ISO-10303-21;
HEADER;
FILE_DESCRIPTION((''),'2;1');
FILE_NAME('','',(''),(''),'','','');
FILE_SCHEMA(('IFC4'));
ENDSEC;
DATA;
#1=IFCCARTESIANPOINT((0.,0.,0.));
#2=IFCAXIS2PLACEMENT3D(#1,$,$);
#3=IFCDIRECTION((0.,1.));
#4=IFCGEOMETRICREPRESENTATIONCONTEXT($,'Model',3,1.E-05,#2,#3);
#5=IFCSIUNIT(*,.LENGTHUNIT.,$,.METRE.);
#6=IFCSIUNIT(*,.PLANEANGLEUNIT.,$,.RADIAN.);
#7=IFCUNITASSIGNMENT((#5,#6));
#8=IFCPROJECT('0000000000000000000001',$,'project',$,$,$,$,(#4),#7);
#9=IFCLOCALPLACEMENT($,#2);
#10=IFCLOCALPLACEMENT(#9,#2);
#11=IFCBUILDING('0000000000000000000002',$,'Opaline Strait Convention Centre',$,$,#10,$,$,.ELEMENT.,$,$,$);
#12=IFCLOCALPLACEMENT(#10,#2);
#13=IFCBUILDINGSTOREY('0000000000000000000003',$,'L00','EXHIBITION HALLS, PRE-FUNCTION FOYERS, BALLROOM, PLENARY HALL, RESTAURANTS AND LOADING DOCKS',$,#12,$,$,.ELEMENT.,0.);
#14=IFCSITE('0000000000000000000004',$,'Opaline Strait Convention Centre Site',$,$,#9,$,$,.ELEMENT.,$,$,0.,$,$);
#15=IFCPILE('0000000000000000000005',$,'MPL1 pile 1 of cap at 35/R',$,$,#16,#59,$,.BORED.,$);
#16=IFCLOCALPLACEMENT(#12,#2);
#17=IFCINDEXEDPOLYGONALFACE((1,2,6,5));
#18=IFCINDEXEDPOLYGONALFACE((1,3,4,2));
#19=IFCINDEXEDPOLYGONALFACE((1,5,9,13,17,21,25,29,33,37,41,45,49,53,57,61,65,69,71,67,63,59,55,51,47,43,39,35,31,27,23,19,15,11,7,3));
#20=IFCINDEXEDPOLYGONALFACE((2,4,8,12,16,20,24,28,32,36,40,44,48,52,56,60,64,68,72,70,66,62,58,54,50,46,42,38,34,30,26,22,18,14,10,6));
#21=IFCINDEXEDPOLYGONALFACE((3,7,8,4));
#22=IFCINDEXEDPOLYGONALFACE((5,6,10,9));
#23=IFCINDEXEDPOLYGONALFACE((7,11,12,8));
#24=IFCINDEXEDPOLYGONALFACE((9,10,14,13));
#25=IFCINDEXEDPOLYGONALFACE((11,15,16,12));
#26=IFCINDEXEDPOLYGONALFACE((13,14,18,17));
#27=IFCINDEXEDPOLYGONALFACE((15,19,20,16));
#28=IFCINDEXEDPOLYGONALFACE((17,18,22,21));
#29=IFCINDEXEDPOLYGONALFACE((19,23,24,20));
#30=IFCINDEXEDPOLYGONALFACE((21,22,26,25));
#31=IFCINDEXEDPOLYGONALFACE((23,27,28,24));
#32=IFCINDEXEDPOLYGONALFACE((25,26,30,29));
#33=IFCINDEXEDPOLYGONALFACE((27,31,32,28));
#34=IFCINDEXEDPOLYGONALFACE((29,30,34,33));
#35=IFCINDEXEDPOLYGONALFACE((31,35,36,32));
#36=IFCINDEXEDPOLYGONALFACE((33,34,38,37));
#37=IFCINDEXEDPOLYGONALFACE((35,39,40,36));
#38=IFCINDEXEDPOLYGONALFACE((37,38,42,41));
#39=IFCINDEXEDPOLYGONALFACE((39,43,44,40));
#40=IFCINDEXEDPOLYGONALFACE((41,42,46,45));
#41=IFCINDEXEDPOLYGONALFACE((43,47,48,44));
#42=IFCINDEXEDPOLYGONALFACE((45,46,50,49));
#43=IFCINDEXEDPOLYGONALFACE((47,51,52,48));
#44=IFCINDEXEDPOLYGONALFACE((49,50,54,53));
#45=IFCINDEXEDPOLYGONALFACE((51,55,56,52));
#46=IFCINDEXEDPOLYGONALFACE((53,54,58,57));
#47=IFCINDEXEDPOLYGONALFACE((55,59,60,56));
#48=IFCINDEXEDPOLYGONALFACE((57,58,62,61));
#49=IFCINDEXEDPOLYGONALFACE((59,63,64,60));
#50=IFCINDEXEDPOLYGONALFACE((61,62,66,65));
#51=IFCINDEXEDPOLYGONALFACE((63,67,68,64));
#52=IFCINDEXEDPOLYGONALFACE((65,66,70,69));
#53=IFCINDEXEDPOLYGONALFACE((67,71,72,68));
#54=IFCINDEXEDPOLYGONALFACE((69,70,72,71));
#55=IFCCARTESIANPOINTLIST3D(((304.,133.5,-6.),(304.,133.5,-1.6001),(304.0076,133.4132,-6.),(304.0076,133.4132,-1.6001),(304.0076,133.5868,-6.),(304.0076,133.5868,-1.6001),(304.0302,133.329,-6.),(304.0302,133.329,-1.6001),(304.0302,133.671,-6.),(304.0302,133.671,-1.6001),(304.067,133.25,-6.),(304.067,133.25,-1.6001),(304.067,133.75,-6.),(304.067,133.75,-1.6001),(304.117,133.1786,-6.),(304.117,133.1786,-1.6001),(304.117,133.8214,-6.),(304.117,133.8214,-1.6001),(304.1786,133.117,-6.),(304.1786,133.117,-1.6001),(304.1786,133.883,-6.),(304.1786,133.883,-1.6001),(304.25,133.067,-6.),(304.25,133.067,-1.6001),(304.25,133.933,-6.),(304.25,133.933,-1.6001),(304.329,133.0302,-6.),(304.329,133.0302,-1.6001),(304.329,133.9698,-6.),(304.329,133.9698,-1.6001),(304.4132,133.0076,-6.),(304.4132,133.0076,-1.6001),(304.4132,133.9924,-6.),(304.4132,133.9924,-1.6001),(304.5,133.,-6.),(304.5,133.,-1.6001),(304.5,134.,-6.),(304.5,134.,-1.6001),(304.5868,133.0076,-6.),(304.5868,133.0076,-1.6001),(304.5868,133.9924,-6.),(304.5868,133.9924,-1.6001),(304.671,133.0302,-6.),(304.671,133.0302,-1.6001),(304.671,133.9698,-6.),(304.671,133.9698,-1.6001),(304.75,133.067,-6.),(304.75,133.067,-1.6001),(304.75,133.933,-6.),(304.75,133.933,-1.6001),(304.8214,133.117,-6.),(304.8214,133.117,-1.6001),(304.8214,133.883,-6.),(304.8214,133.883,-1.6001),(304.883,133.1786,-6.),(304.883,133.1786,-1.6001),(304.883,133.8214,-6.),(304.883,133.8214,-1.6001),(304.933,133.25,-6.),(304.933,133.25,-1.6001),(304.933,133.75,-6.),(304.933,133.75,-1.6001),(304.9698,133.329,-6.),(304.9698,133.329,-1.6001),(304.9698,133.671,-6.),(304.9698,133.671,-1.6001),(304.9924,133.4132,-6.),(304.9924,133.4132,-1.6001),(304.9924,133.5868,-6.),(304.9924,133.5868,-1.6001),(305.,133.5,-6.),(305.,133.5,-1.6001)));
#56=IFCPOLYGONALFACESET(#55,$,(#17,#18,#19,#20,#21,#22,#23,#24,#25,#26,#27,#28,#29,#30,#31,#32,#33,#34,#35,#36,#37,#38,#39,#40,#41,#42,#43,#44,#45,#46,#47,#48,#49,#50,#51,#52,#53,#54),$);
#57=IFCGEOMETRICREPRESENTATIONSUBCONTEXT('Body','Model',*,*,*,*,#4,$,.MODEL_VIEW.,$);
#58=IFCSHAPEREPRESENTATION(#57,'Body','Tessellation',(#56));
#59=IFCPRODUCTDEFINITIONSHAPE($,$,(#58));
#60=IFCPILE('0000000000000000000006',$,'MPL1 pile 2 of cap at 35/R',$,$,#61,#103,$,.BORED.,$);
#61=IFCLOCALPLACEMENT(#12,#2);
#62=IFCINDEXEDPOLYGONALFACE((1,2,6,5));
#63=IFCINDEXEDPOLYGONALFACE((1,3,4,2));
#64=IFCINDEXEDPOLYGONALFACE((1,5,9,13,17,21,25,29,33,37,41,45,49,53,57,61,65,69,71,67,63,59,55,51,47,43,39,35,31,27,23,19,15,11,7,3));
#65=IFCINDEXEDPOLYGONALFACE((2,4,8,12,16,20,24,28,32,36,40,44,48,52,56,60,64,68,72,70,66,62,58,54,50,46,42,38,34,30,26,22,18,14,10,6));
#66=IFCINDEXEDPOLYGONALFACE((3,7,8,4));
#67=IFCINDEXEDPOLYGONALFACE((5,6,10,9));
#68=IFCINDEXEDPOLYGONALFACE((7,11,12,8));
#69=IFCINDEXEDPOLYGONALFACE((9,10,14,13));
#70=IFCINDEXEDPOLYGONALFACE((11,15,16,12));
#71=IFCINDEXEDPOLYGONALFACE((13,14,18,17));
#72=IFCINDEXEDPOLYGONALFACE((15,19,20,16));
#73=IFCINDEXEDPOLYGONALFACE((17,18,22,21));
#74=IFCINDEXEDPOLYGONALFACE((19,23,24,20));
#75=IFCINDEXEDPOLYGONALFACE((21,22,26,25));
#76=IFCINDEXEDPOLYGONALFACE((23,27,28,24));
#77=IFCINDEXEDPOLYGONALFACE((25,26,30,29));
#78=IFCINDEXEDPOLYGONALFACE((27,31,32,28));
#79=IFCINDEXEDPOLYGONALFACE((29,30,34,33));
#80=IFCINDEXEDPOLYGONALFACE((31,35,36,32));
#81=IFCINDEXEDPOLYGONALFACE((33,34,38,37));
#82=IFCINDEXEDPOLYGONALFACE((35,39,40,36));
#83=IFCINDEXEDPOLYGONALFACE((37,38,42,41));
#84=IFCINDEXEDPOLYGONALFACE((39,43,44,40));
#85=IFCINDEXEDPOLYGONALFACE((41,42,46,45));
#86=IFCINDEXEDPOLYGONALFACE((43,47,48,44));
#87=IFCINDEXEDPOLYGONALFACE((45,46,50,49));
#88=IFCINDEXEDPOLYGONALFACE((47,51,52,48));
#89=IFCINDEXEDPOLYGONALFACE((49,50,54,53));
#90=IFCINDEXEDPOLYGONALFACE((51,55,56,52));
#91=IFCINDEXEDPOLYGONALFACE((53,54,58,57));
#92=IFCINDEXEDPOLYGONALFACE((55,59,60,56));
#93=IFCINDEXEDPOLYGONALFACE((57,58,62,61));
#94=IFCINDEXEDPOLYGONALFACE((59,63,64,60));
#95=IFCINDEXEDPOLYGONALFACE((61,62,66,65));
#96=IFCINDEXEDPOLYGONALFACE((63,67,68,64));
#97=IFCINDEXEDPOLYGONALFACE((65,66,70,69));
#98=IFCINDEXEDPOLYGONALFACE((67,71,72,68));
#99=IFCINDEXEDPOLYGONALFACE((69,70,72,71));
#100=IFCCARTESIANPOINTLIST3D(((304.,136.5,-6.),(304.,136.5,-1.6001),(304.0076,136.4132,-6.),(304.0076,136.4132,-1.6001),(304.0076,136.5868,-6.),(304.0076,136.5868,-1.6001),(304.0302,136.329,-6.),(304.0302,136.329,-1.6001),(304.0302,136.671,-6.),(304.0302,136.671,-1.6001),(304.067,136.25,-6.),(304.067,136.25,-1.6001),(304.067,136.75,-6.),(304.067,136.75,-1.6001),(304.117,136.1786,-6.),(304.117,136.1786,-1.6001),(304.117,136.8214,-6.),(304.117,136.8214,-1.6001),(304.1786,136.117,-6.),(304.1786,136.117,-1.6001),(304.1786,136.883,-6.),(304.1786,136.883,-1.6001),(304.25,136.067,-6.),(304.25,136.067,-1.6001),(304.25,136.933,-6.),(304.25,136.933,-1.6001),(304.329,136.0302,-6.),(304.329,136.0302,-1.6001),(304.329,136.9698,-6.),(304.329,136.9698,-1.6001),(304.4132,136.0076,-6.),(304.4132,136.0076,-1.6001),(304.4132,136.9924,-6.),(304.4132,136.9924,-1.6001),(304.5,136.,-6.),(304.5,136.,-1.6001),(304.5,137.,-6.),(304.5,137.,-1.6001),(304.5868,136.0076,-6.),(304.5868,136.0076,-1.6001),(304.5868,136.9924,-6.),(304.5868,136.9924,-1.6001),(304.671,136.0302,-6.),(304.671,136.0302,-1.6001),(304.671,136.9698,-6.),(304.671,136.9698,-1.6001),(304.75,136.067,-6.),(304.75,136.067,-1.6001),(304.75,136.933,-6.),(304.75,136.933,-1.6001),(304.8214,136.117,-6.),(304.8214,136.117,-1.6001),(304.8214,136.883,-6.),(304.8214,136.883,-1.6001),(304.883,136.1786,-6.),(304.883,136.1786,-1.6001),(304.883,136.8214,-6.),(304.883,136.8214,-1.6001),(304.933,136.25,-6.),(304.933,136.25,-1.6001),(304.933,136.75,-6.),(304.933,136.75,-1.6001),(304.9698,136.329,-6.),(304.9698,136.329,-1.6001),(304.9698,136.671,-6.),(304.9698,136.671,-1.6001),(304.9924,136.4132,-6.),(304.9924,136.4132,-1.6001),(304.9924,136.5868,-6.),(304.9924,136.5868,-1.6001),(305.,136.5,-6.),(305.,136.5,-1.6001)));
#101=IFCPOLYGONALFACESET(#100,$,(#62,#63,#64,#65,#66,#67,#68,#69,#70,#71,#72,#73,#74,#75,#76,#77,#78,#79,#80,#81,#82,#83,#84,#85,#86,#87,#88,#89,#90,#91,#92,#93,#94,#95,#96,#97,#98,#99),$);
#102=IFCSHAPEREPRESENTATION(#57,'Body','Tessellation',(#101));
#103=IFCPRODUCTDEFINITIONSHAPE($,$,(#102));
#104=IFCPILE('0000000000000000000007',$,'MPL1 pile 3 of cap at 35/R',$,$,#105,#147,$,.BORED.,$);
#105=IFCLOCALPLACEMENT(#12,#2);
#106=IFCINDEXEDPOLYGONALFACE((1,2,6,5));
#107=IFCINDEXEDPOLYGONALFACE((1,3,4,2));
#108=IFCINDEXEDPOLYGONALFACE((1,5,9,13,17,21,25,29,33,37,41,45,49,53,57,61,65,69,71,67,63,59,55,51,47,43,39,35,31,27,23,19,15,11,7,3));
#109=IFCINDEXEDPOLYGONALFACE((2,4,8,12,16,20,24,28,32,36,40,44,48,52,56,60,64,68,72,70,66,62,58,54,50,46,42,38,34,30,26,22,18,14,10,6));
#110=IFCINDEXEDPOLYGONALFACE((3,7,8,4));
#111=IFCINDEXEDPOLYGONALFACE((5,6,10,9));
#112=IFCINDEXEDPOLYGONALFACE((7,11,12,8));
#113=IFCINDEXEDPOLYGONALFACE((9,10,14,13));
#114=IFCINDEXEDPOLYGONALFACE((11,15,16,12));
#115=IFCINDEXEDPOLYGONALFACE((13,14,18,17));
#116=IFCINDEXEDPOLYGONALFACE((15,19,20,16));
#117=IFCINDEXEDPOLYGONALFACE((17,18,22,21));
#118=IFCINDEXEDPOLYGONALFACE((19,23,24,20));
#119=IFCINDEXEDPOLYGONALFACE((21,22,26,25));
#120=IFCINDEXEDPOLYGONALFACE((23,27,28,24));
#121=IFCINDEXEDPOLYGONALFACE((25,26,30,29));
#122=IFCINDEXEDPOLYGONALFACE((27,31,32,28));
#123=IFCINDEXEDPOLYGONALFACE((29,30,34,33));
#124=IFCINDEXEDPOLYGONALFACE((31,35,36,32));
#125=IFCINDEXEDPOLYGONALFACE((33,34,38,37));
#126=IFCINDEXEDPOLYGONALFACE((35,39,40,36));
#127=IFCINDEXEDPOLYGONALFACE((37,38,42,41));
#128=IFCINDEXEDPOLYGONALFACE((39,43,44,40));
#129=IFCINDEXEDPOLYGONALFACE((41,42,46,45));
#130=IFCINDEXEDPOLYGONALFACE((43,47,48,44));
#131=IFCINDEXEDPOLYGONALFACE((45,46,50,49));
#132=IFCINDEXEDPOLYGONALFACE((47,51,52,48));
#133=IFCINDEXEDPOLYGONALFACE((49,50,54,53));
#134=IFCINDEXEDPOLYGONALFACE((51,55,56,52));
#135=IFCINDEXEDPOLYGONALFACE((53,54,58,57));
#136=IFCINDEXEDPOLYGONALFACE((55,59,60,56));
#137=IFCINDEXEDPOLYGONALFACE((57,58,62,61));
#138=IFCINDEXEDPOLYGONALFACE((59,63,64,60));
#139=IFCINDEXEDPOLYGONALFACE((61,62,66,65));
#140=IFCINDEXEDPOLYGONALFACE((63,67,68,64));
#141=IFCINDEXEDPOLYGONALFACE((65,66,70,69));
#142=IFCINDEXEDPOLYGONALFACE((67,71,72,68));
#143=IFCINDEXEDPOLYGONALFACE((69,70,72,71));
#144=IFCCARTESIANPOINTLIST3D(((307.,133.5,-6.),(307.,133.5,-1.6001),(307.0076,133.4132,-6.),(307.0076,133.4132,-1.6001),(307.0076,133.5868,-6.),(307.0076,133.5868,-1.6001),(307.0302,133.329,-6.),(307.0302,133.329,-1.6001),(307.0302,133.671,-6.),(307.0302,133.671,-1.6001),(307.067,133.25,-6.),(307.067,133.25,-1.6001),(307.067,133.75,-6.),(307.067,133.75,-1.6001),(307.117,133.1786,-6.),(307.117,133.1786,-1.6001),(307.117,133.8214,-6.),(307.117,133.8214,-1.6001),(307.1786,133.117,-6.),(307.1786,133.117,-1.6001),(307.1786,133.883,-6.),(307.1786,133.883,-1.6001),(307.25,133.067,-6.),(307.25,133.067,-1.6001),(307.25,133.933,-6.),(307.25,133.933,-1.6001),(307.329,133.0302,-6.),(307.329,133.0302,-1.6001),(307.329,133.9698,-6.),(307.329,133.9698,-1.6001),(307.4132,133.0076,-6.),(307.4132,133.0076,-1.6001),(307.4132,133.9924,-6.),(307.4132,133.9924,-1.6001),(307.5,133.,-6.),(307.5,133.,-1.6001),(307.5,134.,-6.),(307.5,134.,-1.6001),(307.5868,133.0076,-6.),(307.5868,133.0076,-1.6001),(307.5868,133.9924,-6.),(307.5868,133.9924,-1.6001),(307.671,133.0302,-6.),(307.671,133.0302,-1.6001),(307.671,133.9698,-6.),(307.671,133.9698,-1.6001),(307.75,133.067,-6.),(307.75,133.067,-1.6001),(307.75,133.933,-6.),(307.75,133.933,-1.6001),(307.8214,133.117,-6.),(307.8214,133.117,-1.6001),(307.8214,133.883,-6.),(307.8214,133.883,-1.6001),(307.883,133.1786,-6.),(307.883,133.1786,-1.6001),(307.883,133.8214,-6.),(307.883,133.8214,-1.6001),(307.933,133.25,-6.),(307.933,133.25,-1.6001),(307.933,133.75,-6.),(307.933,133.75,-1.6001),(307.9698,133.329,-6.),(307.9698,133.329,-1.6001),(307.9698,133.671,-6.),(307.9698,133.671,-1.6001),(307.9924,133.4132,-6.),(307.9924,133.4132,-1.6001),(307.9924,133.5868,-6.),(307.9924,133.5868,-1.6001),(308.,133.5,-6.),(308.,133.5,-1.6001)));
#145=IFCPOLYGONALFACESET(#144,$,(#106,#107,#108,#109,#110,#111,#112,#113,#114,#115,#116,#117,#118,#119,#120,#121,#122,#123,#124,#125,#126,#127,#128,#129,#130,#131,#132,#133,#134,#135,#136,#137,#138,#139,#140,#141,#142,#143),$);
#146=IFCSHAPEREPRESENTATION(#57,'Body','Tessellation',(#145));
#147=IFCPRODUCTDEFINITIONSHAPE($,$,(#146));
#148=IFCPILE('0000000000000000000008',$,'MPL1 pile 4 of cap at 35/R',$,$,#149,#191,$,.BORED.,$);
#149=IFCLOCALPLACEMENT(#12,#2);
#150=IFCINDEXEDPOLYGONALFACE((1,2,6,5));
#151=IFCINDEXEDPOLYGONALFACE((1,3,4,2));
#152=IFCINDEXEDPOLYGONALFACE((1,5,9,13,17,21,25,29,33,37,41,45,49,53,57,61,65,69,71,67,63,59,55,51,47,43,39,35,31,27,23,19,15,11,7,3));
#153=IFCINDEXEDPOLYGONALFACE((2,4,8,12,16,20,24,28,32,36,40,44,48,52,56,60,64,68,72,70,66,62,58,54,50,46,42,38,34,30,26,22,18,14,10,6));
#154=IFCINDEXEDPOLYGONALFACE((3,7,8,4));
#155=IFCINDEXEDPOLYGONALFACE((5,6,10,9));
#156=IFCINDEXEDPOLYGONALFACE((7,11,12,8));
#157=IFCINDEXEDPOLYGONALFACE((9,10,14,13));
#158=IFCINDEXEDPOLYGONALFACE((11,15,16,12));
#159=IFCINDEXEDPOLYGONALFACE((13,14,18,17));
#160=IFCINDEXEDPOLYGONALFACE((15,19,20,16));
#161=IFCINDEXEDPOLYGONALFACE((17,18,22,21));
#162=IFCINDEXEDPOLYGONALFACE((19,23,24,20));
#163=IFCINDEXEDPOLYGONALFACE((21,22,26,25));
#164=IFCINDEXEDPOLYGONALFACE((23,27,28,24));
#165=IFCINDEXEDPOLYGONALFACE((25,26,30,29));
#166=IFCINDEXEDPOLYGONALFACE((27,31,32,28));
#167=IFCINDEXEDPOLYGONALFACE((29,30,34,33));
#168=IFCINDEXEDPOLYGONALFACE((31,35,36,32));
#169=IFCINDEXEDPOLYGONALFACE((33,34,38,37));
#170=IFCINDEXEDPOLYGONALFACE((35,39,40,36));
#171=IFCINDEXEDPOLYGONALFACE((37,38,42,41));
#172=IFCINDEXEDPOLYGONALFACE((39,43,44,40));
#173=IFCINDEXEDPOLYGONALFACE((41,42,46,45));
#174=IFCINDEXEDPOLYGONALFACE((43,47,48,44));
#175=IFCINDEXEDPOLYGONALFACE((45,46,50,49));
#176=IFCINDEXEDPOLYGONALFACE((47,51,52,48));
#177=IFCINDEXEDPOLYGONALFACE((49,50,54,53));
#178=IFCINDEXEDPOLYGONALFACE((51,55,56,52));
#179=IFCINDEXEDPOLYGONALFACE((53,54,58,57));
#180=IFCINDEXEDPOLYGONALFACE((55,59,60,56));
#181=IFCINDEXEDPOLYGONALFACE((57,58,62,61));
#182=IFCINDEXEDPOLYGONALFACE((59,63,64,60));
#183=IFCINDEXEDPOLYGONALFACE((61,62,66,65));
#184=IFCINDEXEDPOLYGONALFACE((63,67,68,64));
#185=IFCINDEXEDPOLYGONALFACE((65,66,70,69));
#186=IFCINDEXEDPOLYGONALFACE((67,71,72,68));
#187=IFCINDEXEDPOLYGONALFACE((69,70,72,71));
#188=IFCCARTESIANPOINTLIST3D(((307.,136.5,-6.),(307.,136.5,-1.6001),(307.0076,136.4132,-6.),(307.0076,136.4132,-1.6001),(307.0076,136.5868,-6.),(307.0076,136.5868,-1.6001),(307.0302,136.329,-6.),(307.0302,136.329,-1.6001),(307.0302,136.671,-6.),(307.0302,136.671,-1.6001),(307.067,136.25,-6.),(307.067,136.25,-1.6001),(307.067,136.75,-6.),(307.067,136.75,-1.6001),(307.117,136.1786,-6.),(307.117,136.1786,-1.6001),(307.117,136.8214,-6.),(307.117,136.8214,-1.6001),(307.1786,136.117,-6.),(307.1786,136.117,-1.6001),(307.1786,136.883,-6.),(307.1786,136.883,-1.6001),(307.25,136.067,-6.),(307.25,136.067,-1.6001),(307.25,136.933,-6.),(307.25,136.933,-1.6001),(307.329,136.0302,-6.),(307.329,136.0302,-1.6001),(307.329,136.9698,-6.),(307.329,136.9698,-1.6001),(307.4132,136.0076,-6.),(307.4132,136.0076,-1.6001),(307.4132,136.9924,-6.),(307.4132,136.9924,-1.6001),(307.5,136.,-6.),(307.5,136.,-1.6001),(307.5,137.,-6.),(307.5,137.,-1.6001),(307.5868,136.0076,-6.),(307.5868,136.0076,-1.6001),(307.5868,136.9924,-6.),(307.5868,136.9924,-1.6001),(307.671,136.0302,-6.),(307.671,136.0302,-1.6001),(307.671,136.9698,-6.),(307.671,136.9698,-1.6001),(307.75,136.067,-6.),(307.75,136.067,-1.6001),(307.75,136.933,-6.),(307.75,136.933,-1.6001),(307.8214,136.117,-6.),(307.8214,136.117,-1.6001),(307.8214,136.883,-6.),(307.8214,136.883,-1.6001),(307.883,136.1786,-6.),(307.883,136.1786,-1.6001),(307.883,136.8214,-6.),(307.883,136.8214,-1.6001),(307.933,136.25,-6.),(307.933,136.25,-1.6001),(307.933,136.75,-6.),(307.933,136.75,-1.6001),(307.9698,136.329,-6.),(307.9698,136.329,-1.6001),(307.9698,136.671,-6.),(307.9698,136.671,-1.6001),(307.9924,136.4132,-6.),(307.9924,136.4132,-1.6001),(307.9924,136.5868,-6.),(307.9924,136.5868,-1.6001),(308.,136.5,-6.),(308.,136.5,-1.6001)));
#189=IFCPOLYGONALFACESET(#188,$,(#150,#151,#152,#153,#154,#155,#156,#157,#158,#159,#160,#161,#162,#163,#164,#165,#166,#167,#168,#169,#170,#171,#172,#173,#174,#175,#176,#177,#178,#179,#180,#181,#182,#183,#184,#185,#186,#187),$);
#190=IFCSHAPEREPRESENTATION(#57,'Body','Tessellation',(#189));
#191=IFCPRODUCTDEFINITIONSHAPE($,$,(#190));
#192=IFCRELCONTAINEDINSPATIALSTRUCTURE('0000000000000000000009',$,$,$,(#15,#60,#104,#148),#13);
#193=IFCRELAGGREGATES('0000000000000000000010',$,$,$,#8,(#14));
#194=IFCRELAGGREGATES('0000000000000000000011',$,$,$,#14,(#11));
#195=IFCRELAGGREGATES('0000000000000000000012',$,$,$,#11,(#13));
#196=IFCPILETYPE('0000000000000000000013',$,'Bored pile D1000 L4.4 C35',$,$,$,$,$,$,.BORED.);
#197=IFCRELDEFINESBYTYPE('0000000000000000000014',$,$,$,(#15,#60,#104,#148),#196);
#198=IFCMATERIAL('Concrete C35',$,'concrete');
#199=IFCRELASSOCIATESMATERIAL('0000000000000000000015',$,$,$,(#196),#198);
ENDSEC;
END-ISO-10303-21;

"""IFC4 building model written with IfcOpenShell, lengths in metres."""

from ifc_helpers import new_model, si_unit, direction, frame, origin, origin_2d, place, context, subcontext, project, spatial, circle, extrude, material, material_profile, profile_set, type_object, element, save


model = new_model("IFC4")

# Units and contexts
model_context = context("Model", 3, precision=1e-05, world=origin(), true_north=direction((0.0, 1.0)))
body_context = subcontext(model_context, "Body", "Model", "MODEL_VIEW")
ifc_project = project(units=[si_unit("LENGTHUNIT", "METRE"), si_unit("PLANEANGLEUNIT", "RADIAN")], contexts=[model_context])

# Site, building, storey
site_placement = place(None, origin())
site = spatial("IfcSite", under=ifc_project, at=site_placement, Name="Opaline Strait Convention Centre Site", CompositionType="ELEMENT", RefElevation=0.0)
building_placement = place(site_placement, origin())
building = spatial("IfcBuilding", under=site, at=building_placement, Name="Opaline Strait Convention Centre", CompositionType="ELEMENT")
storey_placement = place(building_placement, origin())
storey = spatial("IfcBuildingStorey", under=building, at=storey_placement, Name="L00", Description="EXHIBITION HALLS, PRE-FUNCTION FOYERS, BALLROOM, PLENARY HALL, RESTAURANTS AND LOADING DOCKS", CompositionType="ELEMENT", Elevation=0.0)

# Piles
ifc_material_1 = material(Name="Concrete C35", Category="concrete")
ifc_material_profile_1 = material_profile(ifc_material_1, circle(Radius=0.5, at=origin_2d()), Name="D1000")
ifc_profile_set_1 = profile_set([ifc_material_profile_1], Name="Concrete C35")
pile_type = type_object("IfcPileType", Name="Bored pile D1000 L4.4 C35", PredefinedType="BORED", material=ifc_profile_set_1)
for number, where, z_axis, x_axis, name in (
    (1, (304.5, 133.5, -1.6001), (0.0, 0.0, -1.0), (1.0, 0.0, 0.0), "MPL1 pile 1 of cap at 35/R"),
    (2, (304.5, 136.5, -1.6001), (0.0, 0.0, -1.0), (1.0, 0.0, 0.0), "MPL1 pile 2 of cap at 35/R"),
    (3, (307.5, 133.5, -1.6001), (0.0, 0.0, -1.0), (1.0, 0.0, 0.0), "MPL1 pile 3 of cap at 35/R"),
    (4, (307.5, 136.5, -1.6001), (0.0, 0.0, -1.0), (1.0, 0.0, 0.0), "MPL1 pile 4 of cap at 35/R"),
):
    element("IfcPile", number, at=place(storey_placement, frame(where, z_axis=z_axis, x_axis=x_axis)), inside=storey, type_object=pile_type, Name=name, PredefinedType="BORED", context=body_context, shape_type="SweptSolid", body=[
        extrude(circle(Radius=0.5, at=origin_2d()), origin(), (0.0, 0.0, 1.0), 4.3999),
    ])

save(model, "model.ifc")
